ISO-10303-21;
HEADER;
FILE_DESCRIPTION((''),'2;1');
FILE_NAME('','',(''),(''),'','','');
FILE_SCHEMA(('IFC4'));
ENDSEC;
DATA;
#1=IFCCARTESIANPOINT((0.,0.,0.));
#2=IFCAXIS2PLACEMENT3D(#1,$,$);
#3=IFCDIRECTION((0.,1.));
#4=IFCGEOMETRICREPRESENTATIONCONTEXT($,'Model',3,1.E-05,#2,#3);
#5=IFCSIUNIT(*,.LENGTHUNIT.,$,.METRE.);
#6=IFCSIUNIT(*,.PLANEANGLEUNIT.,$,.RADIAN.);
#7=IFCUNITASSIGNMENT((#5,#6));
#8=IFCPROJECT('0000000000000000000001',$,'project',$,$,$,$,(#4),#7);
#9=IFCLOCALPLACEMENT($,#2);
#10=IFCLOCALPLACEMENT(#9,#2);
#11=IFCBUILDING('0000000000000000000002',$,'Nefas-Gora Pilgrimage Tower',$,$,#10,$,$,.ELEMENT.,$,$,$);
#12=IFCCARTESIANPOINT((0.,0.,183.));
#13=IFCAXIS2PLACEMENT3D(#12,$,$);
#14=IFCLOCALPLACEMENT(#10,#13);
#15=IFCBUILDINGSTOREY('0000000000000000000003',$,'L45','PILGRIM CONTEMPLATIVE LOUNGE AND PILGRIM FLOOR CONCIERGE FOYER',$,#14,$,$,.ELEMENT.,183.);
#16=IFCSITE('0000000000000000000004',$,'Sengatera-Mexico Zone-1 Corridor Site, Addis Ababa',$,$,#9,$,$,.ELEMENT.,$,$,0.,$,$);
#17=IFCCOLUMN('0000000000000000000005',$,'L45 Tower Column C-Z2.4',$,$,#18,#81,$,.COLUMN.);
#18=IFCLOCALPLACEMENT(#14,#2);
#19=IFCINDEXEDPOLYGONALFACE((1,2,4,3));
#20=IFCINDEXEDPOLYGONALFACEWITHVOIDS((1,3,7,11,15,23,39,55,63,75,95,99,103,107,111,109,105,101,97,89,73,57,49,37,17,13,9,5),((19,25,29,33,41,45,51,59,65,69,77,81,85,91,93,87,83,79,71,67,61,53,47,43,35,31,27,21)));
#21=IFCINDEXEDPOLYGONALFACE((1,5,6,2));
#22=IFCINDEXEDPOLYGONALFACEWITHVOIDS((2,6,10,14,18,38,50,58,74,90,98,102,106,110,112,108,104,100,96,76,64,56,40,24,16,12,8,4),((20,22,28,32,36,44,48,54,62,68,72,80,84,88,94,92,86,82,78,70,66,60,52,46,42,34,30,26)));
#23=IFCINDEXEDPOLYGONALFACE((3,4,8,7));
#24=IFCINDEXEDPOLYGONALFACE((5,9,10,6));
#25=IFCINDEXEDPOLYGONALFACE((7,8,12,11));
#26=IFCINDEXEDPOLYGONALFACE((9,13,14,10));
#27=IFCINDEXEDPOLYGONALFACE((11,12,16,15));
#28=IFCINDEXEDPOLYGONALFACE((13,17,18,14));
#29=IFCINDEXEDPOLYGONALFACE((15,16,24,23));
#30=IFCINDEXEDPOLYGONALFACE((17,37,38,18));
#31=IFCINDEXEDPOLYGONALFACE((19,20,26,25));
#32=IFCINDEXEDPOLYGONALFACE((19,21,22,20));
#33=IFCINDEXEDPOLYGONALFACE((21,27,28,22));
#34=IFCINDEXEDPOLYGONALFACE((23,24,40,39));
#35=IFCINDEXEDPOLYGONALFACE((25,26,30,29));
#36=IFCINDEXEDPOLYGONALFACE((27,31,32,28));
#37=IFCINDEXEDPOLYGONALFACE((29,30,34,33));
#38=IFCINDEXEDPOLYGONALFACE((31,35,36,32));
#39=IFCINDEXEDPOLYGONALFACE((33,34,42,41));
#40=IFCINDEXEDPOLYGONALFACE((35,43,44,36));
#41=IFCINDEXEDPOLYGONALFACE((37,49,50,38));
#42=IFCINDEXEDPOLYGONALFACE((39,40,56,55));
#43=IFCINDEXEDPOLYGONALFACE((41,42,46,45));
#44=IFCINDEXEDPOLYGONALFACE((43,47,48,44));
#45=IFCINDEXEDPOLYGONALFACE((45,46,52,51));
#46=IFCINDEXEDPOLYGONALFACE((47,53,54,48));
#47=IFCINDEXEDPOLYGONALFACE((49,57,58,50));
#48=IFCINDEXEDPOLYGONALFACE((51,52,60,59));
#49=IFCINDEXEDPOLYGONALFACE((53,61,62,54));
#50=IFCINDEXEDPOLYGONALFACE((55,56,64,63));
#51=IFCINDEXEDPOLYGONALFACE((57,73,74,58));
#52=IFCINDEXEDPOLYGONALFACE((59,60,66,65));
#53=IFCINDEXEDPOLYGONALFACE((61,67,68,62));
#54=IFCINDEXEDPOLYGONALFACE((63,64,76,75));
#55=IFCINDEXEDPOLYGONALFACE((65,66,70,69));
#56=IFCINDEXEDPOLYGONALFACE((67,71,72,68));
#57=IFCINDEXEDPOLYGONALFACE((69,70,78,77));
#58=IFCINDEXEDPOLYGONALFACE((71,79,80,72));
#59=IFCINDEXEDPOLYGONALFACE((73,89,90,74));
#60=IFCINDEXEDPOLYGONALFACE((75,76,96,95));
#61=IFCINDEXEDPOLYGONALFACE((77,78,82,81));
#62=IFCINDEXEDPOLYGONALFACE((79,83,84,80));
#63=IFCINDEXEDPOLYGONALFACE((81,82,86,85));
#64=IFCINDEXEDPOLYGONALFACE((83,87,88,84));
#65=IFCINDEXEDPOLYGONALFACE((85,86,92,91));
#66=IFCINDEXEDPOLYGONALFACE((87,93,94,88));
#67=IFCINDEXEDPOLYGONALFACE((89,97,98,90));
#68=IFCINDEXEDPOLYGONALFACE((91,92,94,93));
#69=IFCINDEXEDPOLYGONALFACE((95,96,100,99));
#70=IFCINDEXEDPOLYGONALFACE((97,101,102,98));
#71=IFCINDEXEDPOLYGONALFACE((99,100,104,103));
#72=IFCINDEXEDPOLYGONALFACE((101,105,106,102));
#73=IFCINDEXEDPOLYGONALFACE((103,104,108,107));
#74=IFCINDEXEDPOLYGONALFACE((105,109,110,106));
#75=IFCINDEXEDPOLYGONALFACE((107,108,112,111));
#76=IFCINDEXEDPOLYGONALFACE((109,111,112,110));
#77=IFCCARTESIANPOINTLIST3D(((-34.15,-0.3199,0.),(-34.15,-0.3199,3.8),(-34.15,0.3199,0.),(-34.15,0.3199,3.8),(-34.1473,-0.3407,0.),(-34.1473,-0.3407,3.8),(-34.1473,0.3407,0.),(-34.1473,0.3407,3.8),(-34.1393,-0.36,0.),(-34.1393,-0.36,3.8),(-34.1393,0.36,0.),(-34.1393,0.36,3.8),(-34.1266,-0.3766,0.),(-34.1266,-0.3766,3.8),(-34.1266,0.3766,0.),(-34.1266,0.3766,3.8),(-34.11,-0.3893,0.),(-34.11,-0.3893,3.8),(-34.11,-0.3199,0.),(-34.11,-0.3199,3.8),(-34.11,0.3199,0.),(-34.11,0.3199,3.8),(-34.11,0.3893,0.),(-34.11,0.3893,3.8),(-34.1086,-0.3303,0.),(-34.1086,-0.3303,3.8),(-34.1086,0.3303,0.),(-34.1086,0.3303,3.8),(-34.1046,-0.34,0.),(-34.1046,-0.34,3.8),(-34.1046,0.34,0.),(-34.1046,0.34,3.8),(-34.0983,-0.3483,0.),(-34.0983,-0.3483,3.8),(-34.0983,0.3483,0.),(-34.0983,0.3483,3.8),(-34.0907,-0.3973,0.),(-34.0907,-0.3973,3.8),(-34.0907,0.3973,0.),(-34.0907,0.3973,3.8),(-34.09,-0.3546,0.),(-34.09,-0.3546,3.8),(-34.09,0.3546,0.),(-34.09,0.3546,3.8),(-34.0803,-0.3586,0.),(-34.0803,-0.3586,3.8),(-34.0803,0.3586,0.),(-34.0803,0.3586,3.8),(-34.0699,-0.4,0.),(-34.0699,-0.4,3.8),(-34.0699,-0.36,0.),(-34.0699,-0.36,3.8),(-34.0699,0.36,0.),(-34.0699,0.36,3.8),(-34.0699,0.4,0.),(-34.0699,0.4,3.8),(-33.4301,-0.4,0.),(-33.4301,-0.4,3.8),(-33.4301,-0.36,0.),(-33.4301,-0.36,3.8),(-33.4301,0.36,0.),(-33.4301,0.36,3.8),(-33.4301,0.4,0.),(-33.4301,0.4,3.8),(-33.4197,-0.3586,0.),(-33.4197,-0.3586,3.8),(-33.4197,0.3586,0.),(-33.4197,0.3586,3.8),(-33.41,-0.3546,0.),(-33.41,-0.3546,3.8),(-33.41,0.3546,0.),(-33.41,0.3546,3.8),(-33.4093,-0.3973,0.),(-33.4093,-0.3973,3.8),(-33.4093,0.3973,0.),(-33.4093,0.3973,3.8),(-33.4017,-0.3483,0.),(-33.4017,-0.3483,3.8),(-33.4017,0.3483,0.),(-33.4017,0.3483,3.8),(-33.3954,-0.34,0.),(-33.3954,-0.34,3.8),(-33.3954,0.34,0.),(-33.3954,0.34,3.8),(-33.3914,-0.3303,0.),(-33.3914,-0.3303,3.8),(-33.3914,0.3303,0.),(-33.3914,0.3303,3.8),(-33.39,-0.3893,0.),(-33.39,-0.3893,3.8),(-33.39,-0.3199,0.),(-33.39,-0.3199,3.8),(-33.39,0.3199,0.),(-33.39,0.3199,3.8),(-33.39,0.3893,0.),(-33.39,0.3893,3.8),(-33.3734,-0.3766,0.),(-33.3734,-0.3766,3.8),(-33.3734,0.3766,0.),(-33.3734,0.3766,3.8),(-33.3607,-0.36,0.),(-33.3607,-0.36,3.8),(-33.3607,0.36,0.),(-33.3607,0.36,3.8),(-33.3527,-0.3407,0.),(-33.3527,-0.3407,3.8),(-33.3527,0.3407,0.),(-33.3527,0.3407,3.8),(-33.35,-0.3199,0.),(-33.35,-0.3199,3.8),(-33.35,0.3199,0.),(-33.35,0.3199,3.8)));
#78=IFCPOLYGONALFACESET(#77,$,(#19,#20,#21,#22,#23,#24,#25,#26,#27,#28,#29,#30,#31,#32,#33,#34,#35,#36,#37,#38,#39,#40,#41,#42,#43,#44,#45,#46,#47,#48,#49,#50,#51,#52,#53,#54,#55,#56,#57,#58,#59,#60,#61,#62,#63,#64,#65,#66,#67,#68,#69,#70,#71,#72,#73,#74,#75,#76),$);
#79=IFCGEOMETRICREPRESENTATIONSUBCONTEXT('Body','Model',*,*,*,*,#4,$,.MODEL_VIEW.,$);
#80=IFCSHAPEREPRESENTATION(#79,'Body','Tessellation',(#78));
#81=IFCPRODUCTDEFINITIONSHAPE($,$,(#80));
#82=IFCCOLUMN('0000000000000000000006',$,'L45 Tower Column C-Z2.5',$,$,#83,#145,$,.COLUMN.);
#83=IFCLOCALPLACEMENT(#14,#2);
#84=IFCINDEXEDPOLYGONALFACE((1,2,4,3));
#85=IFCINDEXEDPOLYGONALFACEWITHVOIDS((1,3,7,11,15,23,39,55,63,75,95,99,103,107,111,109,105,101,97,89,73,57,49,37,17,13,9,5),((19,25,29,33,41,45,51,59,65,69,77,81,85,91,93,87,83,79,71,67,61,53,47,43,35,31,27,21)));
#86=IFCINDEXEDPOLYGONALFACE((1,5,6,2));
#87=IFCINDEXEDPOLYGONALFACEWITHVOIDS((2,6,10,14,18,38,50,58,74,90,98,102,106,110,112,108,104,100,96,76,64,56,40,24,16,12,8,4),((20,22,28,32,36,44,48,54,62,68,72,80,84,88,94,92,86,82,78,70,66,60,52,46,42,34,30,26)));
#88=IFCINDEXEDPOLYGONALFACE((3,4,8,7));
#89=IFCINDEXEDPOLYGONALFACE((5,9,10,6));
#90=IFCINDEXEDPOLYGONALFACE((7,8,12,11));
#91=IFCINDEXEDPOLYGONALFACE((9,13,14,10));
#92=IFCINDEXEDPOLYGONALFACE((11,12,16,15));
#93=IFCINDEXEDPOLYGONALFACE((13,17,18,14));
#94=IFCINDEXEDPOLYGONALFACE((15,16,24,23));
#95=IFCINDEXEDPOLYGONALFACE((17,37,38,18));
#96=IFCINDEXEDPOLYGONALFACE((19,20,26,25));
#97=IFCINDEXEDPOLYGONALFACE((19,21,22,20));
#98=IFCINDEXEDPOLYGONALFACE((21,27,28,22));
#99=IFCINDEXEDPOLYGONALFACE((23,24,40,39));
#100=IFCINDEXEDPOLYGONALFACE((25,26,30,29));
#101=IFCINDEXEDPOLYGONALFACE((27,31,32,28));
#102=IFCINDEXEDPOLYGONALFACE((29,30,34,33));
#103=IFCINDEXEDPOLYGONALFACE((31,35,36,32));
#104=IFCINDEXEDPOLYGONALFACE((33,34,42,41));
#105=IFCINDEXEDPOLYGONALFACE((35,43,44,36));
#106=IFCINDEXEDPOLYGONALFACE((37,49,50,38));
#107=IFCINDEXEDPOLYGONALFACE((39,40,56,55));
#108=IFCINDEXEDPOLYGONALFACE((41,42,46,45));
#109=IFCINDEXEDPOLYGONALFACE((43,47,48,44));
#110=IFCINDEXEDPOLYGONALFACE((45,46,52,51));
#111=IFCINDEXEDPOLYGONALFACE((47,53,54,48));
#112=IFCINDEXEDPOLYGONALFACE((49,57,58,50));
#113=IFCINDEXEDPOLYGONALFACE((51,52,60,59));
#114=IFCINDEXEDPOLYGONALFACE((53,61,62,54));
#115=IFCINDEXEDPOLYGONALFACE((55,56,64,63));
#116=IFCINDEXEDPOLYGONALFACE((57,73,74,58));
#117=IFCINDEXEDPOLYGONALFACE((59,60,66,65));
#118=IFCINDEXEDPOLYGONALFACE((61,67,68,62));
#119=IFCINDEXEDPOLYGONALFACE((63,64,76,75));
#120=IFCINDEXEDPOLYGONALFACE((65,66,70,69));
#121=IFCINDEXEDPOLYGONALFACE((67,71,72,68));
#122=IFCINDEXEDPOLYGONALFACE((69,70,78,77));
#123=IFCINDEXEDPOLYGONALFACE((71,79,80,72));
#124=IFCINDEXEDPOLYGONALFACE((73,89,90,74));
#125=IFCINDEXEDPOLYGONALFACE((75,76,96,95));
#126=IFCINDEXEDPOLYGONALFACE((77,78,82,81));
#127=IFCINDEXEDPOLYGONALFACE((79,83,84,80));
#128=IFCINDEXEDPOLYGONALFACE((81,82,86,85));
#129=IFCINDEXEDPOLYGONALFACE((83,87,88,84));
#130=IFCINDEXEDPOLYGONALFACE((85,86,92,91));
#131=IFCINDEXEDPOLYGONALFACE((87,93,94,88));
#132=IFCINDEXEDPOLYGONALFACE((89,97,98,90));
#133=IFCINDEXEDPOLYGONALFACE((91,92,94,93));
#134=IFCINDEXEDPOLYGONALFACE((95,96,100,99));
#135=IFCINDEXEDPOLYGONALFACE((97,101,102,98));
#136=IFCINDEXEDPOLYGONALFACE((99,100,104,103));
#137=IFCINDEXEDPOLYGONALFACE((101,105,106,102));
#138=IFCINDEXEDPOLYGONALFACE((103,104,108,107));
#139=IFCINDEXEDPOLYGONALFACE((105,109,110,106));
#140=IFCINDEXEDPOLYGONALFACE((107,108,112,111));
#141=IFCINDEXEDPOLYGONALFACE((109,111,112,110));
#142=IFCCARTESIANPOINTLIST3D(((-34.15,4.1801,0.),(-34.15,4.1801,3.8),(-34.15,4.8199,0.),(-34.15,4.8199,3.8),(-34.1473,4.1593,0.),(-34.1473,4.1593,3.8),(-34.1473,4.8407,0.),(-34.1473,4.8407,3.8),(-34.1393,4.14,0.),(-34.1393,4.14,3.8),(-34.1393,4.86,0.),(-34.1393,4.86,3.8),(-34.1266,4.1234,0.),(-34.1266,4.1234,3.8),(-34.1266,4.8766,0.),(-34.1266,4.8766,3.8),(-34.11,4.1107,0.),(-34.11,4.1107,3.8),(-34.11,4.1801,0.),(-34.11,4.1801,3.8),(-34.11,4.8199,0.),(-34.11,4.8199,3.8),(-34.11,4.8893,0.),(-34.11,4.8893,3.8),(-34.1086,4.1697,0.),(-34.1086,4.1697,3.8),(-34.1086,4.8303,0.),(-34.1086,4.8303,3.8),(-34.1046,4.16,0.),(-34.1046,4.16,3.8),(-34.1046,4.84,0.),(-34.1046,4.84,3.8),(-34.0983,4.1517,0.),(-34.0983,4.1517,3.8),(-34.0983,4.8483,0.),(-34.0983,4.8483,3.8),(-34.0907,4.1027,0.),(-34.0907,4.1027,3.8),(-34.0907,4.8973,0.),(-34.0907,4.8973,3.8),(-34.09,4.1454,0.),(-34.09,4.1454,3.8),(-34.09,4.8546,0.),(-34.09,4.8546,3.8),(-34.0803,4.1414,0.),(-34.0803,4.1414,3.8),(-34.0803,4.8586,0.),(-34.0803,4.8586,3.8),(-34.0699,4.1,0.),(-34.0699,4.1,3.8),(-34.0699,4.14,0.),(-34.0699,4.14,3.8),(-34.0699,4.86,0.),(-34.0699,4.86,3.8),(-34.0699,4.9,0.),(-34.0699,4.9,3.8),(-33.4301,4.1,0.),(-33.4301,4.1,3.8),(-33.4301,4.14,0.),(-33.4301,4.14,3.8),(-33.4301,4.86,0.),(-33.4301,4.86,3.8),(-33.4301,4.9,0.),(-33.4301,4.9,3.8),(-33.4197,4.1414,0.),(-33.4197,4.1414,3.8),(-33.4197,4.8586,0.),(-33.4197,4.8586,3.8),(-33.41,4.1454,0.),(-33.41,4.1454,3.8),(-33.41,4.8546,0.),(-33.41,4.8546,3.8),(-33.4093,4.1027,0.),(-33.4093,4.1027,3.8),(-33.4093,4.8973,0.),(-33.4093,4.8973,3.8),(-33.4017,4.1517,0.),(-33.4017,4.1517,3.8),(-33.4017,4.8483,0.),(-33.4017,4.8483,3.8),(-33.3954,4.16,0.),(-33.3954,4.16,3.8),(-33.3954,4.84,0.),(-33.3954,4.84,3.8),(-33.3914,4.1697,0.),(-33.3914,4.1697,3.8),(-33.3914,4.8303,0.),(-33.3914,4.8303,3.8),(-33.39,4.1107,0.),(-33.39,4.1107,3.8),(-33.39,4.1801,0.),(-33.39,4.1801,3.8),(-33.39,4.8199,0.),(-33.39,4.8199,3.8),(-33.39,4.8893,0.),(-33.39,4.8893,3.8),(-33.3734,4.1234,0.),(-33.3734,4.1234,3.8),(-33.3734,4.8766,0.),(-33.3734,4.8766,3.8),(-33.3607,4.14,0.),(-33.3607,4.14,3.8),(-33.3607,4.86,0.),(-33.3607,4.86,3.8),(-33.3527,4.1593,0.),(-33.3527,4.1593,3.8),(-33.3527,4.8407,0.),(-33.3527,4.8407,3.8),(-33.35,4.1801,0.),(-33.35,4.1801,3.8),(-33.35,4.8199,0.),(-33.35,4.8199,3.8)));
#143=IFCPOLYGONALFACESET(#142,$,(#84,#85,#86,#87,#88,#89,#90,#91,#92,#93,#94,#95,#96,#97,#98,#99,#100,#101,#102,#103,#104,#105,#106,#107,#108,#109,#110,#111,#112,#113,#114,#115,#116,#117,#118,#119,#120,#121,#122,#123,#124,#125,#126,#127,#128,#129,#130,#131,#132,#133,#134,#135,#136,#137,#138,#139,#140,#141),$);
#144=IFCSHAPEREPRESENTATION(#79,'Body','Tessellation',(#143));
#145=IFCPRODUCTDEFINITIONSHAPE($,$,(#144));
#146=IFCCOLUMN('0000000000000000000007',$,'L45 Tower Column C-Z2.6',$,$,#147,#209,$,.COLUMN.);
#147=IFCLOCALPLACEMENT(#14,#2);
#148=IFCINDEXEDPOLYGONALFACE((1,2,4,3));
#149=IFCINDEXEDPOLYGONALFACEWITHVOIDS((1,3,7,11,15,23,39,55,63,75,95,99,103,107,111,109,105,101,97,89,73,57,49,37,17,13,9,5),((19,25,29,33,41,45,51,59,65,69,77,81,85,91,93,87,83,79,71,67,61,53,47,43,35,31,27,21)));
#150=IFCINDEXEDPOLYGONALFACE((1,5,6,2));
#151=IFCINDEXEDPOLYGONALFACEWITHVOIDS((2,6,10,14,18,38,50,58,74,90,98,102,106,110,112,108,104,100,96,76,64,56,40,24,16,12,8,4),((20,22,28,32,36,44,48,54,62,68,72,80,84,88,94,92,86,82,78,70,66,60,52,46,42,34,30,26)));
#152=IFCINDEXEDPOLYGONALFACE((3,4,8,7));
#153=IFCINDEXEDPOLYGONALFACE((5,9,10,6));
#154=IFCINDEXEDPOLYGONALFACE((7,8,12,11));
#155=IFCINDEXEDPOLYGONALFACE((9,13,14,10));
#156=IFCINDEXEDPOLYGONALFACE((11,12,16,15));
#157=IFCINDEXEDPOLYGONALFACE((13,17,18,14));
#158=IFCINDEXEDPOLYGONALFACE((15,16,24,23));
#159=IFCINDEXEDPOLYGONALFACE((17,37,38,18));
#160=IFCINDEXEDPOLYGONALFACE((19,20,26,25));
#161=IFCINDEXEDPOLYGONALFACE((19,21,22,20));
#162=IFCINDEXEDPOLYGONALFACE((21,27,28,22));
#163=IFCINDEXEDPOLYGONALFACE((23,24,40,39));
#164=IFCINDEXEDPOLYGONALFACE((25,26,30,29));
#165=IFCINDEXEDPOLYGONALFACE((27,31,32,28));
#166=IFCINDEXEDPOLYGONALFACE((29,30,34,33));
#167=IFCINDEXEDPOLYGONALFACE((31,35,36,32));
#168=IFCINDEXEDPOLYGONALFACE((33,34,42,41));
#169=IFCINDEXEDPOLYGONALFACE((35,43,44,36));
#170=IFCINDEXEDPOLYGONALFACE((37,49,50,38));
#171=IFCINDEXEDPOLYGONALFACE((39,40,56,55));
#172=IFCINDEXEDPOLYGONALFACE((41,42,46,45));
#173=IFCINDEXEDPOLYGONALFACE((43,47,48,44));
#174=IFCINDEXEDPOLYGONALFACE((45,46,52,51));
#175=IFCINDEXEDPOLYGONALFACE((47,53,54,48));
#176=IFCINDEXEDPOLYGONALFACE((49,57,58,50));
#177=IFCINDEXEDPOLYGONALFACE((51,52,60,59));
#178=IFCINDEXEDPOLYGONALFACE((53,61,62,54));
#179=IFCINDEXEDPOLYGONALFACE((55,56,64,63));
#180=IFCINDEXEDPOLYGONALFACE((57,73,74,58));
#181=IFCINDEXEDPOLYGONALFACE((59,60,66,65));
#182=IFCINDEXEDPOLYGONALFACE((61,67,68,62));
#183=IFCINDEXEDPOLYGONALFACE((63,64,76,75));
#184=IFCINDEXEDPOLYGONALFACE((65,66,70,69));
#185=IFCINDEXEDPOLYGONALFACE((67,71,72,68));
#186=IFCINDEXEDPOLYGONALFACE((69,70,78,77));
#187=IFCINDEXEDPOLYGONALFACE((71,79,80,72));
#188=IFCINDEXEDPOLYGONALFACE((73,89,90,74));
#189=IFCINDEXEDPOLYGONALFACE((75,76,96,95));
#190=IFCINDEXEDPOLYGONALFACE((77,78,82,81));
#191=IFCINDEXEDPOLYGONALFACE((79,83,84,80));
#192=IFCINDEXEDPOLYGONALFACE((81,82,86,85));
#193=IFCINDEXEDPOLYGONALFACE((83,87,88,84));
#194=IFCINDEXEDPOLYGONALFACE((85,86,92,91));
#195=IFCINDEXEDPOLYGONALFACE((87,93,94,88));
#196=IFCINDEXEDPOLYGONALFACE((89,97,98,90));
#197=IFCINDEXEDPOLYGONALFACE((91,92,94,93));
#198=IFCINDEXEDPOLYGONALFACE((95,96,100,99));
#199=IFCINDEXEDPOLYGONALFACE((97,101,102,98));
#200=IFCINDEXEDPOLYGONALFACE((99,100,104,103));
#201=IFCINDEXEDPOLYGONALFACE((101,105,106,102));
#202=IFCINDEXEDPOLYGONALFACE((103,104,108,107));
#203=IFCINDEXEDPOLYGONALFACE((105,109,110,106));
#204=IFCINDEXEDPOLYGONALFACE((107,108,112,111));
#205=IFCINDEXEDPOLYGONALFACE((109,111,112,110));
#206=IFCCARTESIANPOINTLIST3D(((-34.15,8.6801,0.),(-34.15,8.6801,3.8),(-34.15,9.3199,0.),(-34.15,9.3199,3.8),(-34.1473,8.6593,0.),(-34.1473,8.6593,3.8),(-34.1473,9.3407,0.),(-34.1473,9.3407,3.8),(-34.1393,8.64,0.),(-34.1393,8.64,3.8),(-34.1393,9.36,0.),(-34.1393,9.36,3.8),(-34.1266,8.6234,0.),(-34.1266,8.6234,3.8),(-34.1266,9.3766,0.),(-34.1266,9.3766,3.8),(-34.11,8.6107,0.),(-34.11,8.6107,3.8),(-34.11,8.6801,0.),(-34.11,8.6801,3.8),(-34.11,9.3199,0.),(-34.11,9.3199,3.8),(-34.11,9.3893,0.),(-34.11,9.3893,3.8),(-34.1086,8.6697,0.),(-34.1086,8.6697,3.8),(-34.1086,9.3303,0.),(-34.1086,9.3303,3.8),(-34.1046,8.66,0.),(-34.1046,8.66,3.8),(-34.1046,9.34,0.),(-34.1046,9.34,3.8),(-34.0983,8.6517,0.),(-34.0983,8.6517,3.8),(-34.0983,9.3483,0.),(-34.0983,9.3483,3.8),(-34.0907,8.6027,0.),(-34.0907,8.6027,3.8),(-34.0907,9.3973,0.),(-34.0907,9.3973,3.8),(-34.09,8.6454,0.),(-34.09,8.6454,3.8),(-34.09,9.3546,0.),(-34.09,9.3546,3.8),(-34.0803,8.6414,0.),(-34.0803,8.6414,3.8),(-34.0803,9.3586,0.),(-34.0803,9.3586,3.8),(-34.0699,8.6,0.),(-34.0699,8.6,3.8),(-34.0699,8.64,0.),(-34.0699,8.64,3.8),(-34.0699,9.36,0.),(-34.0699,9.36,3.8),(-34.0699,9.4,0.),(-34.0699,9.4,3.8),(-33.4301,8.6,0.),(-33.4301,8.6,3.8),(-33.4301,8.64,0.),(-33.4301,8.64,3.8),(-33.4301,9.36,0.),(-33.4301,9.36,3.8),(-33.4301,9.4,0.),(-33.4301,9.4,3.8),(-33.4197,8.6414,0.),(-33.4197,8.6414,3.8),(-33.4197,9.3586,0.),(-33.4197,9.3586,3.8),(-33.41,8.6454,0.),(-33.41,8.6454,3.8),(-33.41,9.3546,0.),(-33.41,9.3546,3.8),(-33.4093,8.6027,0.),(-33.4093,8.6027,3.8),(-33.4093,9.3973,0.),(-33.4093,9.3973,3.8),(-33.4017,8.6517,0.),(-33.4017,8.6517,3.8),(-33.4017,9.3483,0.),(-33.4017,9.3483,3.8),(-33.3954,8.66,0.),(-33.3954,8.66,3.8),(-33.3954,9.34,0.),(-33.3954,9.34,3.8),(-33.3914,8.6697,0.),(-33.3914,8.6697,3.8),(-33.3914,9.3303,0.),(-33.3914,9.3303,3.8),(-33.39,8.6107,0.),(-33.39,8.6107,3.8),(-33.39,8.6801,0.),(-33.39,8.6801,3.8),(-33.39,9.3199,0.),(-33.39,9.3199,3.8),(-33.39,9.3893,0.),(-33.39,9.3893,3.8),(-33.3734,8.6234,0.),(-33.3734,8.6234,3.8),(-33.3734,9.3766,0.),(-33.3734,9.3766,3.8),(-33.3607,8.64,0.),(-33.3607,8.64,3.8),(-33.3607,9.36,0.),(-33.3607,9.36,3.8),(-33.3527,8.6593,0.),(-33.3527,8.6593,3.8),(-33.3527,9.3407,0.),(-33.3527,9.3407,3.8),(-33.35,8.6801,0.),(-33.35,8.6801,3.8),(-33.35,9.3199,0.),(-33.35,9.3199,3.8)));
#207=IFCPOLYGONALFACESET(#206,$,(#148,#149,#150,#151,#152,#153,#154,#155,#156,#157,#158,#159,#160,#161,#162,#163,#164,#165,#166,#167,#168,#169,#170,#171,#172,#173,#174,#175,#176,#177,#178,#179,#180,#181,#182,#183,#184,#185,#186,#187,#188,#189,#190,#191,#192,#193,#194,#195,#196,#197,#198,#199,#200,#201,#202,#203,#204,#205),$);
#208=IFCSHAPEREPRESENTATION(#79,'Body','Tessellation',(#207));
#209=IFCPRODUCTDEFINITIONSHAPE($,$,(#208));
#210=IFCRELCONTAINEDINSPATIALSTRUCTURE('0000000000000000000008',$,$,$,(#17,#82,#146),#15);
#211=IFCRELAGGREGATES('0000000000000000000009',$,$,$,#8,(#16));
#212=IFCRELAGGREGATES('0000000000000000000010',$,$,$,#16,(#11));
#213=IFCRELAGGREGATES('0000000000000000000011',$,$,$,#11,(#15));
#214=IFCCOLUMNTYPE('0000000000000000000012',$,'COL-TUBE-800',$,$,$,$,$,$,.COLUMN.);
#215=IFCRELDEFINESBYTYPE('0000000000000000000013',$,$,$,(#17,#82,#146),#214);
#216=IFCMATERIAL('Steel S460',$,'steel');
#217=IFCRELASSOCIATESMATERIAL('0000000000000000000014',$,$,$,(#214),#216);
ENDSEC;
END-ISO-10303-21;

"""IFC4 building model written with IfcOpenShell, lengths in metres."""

from ifc_helpers import new_model, si_unit, direction, frame, origin, origin_2d, place, context, subcontext, project, spatial, hollow_rectangle, extrude, source, transform, mapped, material, material_profile, profile_set, type_object, element, save


model = new_model("IFC4")

# Units and contexts
model_context = context("Model", 3, precision=1e-05, world=origin(), true_north=direction((0.0, 1.0)))
body_context = subcontext(model_context, "Body", "Model", "MODEL_VIEW")
ifc_project = project(units=[si_unit("LENGTHUNIT", "METRE"), si_unit("PLANEANGLEUNIT", "RADIAN")], contexts=[model_context])

# Site, building, storey
site_placement = place(None, origin())
site = spatial("IfcSite", under=ifc_project, at=site_placement, Name="Sengatera-Mexico Zone-1 Corridor Site, Addis Ababa", CompositionType="ELEMENT", RefElevation=0.0)
building_placement = place(site_placement, origin())
building = spatial("IfcBuilding", under=site, at=building_placement, Name="Nefas-Gora Pilgrimage Tower", CompositionType="ELEMENT")
storey_placement = place(building_placement, frame((0.0, 0.0, 183.0)))
storey = spatial("IfcBuildingStorey", under=building, at=storey_placement, Name="L45", Description="PILGRIM CONTEMPLATIVE LOUNGE AND PILGRIM FLOOR CONCIERGE FOYER", CompositionType="ELEMENT", Elevation=183.0)

# Columns
ifc_material_1 = material(Name="Steel S460", Category="steel")
ifc_material_profile_1 = material_profile(ifc_material_1, hollow_rectangle(XDim=0.8, YDim=0.8, WallThickness=0.04, InnerFilletRadius=0.04, OuterFilletRadius=0.0801, at=origin_2d()), Name="BOX 800x800x40")
ifc_profile_set_1 = profile_set([ifc_material_profile_1], Name="Steel S460")
column_type_1 = type_object("IfcColumnType", Name="COL-TUBE-800", PredefinedType="COLUMN", material=ifc_profile_set_1)
shared_shape_1 = source(origin(), body_context, "Body", "SweptSolid", [
    extrude(hollow_rectangle(XDim=0.8, YDim=0.8, WallThickness=0.04, InnerFilletRadius=0.04, OuterFilletRadius=0.0801, at=origin_2d()), origin(), (0.0, 0.0, 1.0), 3.8),
])
for number, where, z_axis, x_axis, name in (
    (1, (-33.75, 0.0, 0.0), (0.0, 0.0, 1.0), (1.0, 0.0, 0.0), "L45 Tower Column C-Z2.4"),
    (2, (-33.75, 4.5, 0.0), (0.0, 0.0, 1.0), (1.0, 0.0, 0.0), "L45 Tower Column C-Z2.5"),
    (3, (-33.75, 9.0, 0.0), (0.0, 0.0, 1.0), (1.0, 0.0, 0.0), "L45 Tower Column C-Z2.6"),
):
    element("IfcColumn", number, at=place(storey_placement, frame(where, z_axis=z_axis, x_axis=x_axis)), inside=storey, type_object=column_type_1, Name=name, PredefinedType="COLUMN", context=body_context, shape_type="MappedRepresentation", body=[
        mapped(shared_shape_1, transform((0.0, 0.0, 0.0), x_axis=(1.0, 0.0, 0.0), y_axis=(0.0, 1.0, 0.0), z_axis=(0.0, 0.0, 1.0), scale=1.0)),
    ])

save(model, "model.ifc")
